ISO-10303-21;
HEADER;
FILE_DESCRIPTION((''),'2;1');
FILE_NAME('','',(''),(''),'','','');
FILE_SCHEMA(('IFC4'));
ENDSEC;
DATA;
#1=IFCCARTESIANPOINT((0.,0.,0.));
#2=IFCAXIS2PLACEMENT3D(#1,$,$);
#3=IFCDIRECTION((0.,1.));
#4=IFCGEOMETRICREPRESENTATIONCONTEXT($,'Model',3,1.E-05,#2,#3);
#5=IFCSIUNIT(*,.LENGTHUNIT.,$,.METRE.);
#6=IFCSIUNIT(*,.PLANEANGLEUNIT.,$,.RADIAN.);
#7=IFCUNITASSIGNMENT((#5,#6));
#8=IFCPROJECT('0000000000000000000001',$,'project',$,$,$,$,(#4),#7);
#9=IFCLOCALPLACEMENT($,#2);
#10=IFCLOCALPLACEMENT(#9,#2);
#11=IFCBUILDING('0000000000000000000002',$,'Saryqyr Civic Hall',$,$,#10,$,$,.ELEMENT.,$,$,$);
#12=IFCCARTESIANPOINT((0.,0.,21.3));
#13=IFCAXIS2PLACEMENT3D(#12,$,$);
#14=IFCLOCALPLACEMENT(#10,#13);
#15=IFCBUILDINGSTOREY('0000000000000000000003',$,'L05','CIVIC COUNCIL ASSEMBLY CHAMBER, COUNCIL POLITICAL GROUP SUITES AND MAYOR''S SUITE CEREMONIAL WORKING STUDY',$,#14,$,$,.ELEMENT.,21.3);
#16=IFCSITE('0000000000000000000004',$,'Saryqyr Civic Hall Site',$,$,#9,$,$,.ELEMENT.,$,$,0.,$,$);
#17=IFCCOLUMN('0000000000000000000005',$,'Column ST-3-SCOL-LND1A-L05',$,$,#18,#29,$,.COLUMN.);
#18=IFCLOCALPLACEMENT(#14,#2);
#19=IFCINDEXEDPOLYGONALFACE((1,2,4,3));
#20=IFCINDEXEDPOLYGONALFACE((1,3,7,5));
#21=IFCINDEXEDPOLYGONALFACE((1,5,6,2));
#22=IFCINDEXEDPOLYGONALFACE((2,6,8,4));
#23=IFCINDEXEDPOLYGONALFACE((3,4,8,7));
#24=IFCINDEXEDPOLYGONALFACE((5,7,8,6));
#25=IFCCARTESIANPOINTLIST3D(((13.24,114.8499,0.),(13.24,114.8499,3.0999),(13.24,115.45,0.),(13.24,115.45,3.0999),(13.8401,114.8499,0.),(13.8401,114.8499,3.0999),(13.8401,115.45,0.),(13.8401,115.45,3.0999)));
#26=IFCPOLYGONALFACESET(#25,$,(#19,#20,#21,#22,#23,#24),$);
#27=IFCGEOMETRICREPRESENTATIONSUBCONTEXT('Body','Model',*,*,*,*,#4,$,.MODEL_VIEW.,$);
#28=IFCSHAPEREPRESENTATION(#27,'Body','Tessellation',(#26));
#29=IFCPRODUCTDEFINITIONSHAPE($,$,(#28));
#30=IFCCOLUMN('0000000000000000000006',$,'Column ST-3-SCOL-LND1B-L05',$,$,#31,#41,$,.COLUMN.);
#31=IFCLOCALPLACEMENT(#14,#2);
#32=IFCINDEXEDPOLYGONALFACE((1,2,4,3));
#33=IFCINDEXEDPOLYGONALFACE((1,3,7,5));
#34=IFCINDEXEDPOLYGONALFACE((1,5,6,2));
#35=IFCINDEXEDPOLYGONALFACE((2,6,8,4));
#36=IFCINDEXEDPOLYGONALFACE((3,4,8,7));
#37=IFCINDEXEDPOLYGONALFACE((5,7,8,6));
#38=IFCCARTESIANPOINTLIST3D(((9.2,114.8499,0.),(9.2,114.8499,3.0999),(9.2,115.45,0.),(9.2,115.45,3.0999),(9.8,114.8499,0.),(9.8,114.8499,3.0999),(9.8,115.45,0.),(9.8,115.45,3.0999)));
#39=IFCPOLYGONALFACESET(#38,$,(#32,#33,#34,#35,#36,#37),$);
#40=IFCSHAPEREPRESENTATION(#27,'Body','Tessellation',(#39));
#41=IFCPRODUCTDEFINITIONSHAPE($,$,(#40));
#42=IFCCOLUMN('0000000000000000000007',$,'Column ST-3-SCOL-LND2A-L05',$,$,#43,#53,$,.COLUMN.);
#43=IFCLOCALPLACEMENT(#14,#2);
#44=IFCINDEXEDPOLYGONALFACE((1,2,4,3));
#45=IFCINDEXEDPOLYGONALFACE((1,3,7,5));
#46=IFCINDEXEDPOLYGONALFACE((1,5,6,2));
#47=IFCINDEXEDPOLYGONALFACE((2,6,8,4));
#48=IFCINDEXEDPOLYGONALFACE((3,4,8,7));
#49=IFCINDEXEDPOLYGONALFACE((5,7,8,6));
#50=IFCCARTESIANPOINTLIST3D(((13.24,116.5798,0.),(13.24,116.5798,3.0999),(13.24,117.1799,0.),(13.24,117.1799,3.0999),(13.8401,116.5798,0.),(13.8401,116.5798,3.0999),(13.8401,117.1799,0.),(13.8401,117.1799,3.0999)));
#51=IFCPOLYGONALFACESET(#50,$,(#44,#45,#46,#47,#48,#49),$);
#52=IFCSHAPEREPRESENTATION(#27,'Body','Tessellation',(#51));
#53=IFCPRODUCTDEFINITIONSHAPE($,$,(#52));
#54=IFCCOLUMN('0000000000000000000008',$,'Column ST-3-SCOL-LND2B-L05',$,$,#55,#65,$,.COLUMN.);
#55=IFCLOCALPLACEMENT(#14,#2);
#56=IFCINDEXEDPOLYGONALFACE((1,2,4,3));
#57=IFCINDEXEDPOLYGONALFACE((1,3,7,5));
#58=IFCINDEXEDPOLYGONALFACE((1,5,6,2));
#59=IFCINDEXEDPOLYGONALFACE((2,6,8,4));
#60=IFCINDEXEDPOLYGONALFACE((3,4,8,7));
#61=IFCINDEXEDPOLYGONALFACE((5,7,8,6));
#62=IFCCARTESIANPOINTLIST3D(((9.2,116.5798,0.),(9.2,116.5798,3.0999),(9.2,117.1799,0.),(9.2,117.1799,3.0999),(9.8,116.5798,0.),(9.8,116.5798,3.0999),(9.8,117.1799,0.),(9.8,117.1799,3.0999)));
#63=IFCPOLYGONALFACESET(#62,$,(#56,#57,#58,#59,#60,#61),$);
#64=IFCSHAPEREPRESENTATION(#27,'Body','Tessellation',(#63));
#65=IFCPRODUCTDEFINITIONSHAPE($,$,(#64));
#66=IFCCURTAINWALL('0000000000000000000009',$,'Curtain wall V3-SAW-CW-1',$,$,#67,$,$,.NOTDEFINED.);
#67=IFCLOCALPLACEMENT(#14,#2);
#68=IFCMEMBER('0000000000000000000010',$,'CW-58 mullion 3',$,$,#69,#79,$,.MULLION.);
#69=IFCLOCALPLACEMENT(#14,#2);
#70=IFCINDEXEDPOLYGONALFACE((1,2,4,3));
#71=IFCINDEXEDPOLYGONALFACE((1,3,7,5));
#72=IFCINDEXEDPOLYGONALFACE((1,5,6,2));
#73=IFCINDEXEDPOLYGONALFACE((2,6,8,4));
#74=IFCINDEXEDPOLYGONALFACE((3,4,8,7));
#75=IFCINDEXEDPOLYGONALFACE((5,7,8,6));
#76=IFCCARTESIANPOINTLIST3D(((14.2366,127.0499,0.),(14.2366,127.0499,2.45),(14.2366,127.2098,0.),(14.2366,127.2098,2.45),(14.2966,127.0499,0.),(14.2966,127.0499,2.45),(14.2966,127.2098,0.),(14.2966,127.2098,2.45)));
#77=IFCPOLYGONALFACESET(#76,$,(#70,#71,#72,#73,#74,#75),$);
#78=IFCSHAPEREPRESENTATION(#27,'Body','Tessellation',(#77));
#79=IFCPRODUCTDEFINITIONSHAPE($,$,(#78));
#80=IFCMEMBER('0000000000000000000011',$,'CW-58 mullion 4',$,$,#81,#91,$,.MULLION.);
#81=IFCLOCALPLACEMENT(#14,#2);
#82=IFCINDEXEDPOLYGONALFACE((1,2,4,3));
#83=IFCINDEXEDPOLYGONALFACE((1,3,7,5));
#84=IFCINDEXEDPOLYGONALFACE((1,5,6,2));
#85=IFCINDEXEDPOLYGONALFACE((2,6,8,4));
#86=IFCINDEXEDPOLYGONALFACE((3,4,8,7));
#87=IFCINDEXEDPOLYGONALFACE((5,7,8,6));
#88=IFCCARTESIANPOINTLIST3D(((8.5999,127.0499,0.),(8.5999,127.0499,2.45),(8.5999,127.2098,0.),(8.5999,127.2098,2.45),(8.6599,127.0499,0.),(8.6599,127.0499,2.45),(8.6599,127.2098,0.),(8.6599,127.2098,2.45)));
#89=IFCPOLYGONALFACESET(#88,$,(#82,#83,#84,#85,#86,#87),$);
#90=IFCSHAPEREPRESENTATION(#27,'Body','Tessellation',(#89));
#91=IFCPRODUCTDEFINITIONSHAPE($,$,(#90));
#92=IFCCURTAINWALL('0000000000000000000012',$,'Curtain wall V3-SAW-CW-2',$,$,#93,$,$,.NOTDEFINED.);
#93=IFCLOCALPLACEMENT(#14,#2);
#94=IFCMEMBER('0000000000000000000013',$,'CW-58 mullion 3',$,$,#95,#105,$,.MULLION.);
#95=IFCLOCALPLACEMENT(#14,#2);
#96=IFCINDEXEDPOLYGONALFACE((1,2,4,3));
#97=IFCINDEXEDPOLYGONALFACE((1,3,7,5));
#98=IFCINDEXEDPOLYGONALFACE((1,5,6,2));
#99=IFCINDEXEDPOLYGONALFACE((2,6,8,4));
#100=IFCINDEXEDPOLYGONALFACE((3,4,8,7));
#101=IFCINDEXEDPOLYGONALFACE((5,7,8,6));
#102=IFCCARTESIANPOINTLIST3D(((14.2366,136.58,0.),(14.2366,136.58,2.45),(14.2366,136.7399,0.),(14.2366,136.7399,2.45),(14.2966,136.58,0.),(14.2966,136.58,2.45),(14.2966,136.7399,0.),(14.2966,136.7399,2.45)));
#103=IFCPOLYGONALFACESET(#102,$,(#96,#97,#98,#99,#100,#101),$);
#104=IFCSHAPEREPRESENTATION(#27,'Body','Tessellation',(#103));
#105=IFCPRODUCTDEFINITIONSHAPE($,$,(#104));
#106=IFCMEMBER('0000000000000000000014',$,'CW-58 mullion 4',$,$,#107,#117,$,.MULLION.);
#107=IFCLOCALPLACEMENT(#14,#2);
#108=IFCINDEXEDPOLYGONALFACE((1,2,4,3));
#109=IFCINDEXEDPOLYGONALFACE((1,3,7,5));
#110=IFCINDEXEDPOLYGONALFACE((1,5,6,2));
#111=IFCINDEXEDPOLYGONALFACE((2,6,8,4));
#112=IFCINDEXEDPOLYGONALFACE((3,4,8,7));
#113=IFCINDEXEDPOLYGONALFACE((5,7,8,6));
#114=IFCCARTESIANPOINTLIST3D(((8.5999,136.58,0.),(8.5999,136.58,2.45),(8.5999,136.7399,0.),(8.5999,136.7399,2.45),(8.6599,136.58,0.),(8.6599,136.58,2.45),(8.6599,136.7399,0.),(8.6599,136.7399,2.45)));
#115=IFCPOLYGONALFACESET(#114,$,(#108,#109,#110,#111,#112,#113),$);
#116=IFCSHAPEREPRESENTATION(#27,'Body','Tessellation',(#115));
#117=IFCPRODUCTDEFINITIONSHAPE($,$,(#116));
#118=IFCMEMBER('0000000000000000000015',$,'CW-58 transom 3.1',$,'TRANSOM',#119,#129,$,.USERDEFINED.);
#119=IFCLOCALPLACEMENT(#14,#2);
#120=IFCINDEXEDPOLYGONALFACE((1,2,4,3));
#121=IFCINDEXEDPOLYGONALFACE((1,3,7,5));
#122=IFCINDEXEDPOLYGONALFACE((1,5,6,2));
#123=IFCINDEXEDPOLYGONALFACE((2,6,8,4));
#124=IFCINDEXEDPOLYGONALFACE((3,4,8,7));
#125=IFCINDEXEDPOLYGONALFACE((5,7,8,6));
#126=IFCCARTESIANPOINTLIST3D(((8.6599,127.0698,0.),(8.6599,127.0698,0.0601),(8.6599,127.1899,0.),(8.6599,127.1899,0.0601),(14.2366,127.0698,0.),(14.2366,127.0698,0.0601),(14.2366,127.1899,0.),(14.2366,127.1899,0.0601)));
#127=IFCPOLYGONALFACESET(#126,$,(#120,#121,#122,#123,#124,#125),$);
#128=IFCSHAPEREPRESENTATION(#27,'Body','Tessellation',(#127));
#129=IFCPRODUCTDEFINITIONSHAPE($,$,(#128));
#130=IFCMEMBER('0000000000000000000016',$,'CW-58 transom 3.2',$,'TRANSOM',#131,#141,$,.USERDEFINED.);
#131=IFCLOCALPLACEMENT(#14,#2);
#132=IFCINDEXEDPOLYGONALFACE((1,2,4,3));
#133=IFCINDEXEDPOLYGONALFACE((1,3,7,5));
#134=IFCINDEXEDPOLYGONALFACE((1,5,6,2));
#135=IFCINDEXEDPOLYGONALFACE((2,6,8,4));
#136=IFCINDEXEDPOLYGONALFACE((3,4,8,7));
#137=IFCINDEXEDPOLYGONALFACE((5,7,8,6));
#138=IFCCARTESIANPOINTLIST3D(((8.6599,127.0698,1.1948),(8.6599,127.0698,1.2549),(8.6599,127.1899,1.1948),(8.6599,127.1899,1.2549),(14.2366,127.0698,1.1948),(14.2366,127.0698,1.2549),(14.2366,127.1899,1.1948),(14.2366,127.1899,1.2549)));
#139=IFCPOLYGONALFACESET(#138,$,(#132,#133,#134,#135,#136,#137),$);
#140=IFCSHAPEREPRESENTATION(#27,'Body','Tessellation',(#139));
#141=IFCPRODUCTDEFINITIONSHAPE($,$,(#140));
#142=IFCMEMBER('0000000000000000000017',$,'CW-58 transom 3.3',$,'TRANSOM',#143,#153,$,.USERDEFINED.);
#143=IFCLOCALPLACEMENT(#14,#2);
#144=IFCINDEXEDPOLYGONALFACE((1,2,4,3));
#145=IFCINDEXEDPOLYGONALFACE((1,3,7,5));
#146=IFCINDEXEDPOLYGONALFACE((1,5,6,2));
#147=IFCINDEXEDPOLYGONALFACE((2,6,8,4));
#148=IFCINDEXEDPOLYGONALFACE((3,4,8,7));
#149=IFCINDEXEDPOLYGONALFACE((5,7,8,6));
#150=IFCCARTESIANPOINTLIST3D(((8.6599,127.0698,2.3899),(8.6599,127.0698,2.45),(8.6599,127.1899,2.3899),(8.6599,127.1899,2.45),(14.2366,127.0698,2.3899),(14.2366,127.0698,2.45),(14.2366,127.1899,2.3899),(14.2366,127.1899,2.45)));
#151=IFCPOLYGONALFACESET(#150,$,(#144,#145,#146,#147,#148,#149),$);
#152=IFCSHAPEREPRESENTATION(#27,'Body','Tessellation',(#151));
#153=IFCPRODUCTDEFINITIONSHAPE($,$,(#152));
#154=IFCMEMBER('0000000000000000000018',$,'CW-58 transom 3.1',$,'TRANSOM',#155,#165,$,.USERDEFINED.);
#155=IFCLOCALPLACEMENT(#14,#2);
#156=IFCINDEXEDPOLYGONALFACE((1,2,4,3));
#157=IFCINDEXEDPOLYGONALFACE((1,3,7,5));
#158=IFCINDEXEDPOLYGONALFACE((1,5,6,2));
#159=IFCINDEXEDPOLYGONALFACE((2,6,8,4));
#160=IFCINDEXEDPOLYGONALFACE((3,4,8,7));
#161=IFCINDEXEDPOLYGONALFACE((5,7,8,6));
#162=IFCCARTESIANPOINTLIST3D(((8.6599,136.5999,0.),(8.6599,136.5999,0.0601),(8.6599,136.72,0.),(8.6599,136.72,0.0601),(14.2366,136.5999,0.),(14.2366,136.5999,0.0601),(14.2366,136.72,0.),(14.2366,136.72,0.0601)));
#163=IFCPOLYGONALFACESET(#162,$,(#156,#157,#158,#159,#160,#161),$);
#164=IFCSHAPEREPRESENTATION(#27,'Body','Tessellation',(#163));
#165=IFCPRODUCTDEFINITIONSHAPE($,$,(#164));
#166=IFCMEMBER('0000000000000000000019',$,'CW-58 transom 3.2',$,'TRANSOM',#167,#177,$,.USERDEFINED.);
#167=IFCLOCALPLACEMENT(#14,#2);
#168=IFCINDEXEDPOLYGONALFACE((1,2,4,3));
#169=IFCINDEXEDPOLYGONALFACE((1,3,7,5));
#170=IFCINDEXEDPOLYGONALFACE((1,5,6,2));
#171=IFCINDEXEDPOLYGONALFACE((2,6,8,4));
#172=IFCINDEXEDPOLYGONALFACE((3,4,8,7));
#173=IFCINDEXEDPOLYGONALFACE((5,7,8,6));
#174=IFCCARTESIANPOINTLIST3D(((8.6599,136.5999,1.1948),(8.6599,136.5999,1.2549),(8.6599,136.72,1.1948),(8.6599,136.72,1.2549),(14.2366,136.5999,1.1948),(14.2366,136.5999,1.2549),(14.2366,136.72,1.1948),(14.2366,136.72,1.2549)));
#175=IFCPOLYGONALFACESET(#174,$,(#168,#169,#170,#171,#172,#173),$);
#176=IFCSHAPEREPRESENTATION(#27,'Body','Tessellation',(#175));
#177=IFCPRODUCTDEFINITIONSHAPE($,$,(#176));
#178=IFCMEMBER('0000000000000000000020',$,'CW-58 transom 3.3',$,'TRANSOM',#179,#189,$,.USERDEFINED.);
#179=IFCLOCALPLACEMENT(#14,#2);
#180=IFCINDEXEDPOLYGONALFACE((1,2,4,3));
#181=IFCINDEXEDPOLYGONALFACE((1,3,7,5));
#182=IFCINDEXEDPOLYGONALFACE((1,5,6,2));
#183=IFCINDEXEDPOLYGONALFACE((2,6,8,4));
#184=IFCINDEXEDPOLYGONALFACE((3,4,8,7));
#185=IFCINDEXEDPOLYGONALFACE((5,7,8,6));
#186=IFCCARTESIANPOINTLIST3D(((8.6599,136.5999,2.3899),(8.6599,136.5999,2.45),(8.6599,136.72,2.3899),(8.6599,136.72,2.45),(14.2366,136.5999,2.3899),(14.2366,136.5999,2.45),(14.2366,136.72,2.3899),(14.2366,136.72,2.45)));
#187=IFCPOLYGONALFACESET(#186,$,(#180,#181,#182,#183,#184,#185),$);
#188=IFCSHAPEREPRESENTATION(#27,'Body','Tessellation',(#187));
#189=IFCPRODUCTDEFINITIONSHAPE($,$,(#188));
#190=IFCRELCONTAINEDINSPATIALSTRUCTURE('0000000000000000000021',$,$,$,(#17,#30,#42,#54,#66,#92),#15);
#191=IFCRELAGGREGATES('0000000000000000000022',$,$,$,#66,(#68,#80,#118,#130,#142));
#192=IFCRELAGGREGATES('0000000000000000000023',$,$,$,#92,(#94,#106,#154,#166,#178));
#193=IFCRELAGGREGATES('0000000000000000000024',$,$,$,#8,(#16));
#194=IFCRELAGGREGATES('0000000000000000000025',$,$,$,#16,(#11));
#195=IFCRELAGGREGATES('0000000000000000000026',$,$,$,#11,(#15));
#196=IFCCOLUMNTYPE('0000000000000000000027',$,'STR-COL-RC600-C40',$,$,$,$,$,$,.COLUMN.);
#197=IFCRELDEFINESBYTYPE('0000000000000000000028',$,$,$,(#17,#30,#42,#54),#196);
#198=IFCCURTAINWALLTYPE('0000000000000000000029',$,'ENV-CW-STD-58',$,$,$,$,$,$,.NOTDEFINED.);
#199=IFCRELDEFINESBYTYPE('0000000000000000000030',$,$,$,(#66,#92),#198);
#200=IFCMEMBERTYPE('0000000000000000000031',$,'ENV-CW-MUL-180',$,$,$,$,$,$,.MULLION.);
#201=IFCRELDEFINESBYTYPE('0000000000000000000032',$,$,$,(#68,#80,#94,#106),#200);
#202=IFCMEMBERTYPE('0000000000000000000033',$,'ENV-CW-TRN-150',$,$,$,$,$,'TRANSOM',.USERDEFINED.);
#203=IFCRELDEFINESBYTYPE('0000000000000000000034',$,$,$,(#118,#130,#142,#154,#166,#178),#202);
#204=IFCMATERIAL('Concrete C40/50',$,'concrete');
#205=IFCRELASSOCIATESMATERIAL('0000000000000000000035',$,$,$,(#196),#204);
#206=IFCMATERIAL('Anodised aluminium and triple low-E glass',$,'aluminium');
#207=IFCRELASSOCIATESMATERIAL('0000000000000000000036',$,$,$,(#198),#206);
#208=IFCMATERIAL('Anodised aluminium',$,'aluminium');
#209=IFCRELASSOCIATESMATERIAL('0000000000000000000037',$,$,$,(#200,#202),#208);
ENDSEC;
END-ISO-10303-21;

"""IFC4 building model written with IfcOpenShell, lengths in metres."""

from ifc_helpers import new_model, si_unit, direction, frame, origin, origin_2d, place, context, subcontext, project, spatial, rectangle, extrude, material, material_profile, profile_set, type_object, element, aggregate, save


model = new_model("IFC4")

# Units and contexts
model_context = context("Model", 3, precision=1e-05, world=origin(), true_north=direction((0.0, 1.0)))
body_context = subcontext(model_context, "Body", "Model", "MODEL_VIEW")
ifc_project = project(units=[si_unit("LENGTHUNIT", "METRE"), si_unit("PLANEANGLEUNIT", "RADIAN")], contexts=[model_context])

# Site, building, storey
site_placement = place(None, origin())
site = spatial("IfcSite", under=ifc_project, at=site_placement, Name="Saryqyr Civic Hall Site", CompositionType="ELEMENT", RefElevation=0.0)
building_placement = place(site_placement, origin())
building = spatial("IfcBuilding", under=site, at=building_placement, Name="Saryqyr Civic Hall", CompositionType="ELEMENT")
storey_placement = place(building_placement, frame((0.0, 0.0, 21.3)))
storey = spatial("IfcBuildingStorey", under=building, at=storey_placement, Name="L05", Description="CIVIC COUNCIL ASSEMBLY CHAMBER, COUNCIL POLITICAL GROUP SUITES AND MAYOR'S SUITE CEREMONIAL WORKING STUDY", CompositionType="ELEMENT", Elevation=21.3)

# Columns
ifc_material_1 = material(Name="Concrete C40/50", Category="concrete")
ifc_material_profile_1 = material_profile(ifc_material_1, rectangle(XDim=0.6001, YDim=0.6001, at=origin_2d()), Name="RC 600x600")
ifc_profile_set_1 = profile_set([ifc_material_profile_1], Name="Concrete C40/50")
column_type = type_object("IfcColumnType", Name="STR-COL-RC600-C40", PredefinedType="COLUMN", material=ifc_profile_set_1)
for number, where, z_axis, x_axis, name in (
    (1, (13.54, 115.1499, 0.0), (0.0, 0.0, 1.0), (1.0, 0.0, 0.0), "Column ST-3-SCOL-LND1A-L05"),
    (2, (9.5, 115.1499, 0.0), (0.0, 0.0, 1.0), (1.0, 0.0, 0.0), "Column ST-3-SCOL-LND1B-L05"),
    (3, (13.54, 116.8799, 0.0), (0.0, 0.0, 1.0), (1.0, 0.0, 0.0), "Column ST-3-SCOL-LND2A-L05"),
    (4, (9.5, 116.8799, 0.0), (0.0, 0.0, 1.0), (1.0, 0.0, 0.0), "Column ST-3-SCOL-LND2B-L05"),
):
    element("IfcColumn", number, at=place(storey_placement, frame(where, z_axis=z_axis, x_axis=x_axis)), inside=storey, type_object=column_type, Name=name, PredefinedType="COLUMN", context=body_context, shape_type="SweptSolid", body=[
        extrude(rectangle(XDim=0.6001, YDim=0.6001, at=origin_2d()), origin(), (0.0, 0.0, 1.0), 3.0999),
    ])

# Curtain walls, members
ifc_material_2 = material(Name="Anodised aluminium and triple low-E glass", Category="aluminium")
curtain_wall_type = type_object("IfcCurtainWallType", Name="ENV-CW-STD-58", PredefinedType="NOTDEFINED", material=ifc_material_2)
curtain_wall_1_placement = place(storey_placement, origin())
curtain_wall_1 = element("IfcCurtainWall", 5, at=curtain_wall_1_placement, inside=storey, type_object=curtain_wall_type, Name="Curtain wall V3-SAW-CW-1", PredefinedType="NOTDEFINED")
ifc_material_3 = material(Name="Anodised aluminium", Category="aluminium")
ifc_material_profile_2 = material_profile(ifc_material_3, rectangle(XDim=0.0601, YDim=0.1599, at=origin_2d()), Name="ALU MULLION 60x160")
ifc_profile_set_2 = profile_set([ifc_material_profile_2], Name="Anodised aluminium")
member_type_1 = type_object("IfcMemberType", Name="ENV-CW-MUL-180", PredefinedType="MULLION", material=ifc_profile_set_2)
member_1_placement = place(storey_placement, frame((14.2666, 127.1299, 0.0), z_axis=(0.0, 0.0, 1.0), x_axis=(-1.0, 0.0, 0.0)))
member_1 = element("IfcMember", 6, at=member_1_placement, type_object=member_type_1, Name="CW-58 mullion 3", PredefinedType="MULLION", context=body_context, shape_type="SweptSolid", body=[
    extrude(rectangle(XDim=0.0601, YDim=0.1599, at=origin_2d()), origin(), (0.0, 0.0, 1.0), 2.45),
])
member_2_placement = place(storey_placement, frame((8.6299, 127.1299, 0.0), z_axis=(0.0, 0.0, 1.0), x_axis=(-1.0, 0.0, 0.0)))
member_2 = element("IfcMember", 7, at=member_2_placement, type_object=member_type_1, Name="CW-58 mullion 4", PredefinedType="MULLION", context=body_context, shape_type="SweptSolid", body=[
    extrude(rectangle(XDim=0.0601, YDim=0.1599, at=origin_2d()), origin(), (0.0, 0.0, 1.0), 2.45),
])
curtain_wall_2_placement = place(storey_placement, origin())
curtain_wall_2 = element("IfcCurtainWall", 8, at=curtain_wall_2_placement, inside=storey, type_object=curtain_wall_type, Name="Curtain wall V3-SAW-CW-2", PredefinedType="NOTDEFINED")
member_3_placement = place(storey_placement, frame((14.2666, 136.6599, 0.0), z_axis=(0.0, 0.0, 1.0), x_axis=(-1.0, 0.0, 0.0)))
member_3 = element("IfcMember", 9, at=member_3_placement, type_object=member_type_1, Name="CW-58 mullion 3", PredefinedType="MULLION", context=body_context, shape_type="SweptSolid", body=[
    extrude(rectangle(XDim=0.0601, YDim=0.1599, at=origin_2d()), origin(), (0.0, 0.0, 1.0), 2.45),
])
member_4_placement = place(storey_placement, frame((8.6299, 136.6599, 0.0), z_axis=(0.0, 0.0, 1.0), x_axis=(-1.0, 0.0, 0.0)))
member_4 = element("IfcMember", 10, at=member_4_placement, type_object=member_type_1, Name="CW-58 mullion 4", PredefinedType="MULLION", context=body_context, shape_type="SweptSolid", body=[
    extrude(rectangle(XDim=0.0601, YDim=0.1599, at=origin_2d()), origin(), (0.0, 0.0, 1.0), 2.45),
])

# Members
ifc_material_profile_3 = material_profile(ifc_material_3, rectangle(XDim=0.1201, YDim=0.0601, at=origin_2d()), Name="ALU TRANSOM 120x60")
ifc_profile_set_3 = profile_set([ifc_material_profile_3], Name="Anodised aluminium")
member_type_2 = type_object("IfcMemberType", Name="ENV-CW-TRN-150", ElementType="TRANSOM", PredefinedType="USERDEFINED", material=ifc_profile_set_3)
member_5_placement = place(storey_placement, frame((14.2366, 127.1299, 0.03), z_axis=(-1.0, 0.0, 0.0), x_axis=(0.0, -1.0, 0.0)))
member_5 = element("IfcMember", 11, at=member_5_placement, type_object=member_type_2, Name="CW-58 transom 3.1", ObjectType="TRANSOM", PredefinedType="USERDEFINED", context=body_context, shape_type="SweptSolid", body=[
    extrude(rectangle(XDim=0.1201, YDim=0.0601, at=origin_2d()), origin(), (0.0, 0.0, 1.0), 5.5767),
])
member_6_placement = place(storey_placement, frame((14.2366, 127.1299, 1.2249), z_axis=(-1.0, 0.0, 0.0), x_axis=(0.0, -1.0, 0.0)))
member_6 = element("IfcMember", 12, at=member_6_placement, type_object=member_type_2, Name="CW-58 transom 3.2", ObjectType="TRANSOM", PredefinedType="USERDEFINED", context=body_context, shape_type="SweptSolid", body=[
    extrude(rectangle(XDim=0.1201, YDim=0.0601, at=origin_2d()), origin(), (0.0, 0.0, 1.0), 5.5767),
])
member_7_placement = place(storey_placement, frame((14.2366, 127.1299, 2.4199), z_axis=(-1.0, 0.0, 0.0), x_axis=(0.0, -1.0, 0.0)))
member_7 = element("IfcMember", 13, at=member_7_placement, type_object=member_type_2, Name="CW-58 transom 3.3", ObjectType="TRANSOM", PredefinedType="USERDEFINED", context=body_context, shape_type="SweptSolid", body=[
    extrude(rectangle(XDim=0.1201, YDim=0.0601, at=origin_2d()), origin(), (0.0, 0.0, 1.0), 5.5767),
])
member_8_placement = place(storey_placement, frame((14.2366, 136.6599, 0.03), z_axis=(-1.0, 0.0, 0.0), x_axis=(0.0, -1.0, 0.0)))
member_8 = element("IfcMember", 14, at=member_8_placement, type_object=member_type_2, Name="CW-58 transom 3.1", ObjectType="TRANSOM", PredefinedType="USERDEFINED", context=body_context, shape_type="SweptSolid", body=[
    extrude(rectangle(XDim=0.1201, YDim=0.0601, at=origin_2d()), origin(), (0.0, 0.0, 1.0), 5.5767),
])
member_9_placement = place(storey_placement, frame((14.2366, 136.6599, 1.2249), z_axis=(-1.0, 0.0, 0.0), x_axis=(0.0, -1.0, 0.0)))
member_9 = element("IfcMember", 15, at=member_9_placement, type_object=member_type_2, Name="CW-58 transom 3.2", ObjectType="TRANSOM", PredefinedType="USERDEFINED", context=body_context, shape_type="SweptSolid", body=[
    extrude(rectangle(XDim=0.1201, YDim=0.0601, at=origin_2d()), origin(), (0.0, 0.0, 1.0), 5.5767),
])
member_10_placement = place(storey_placement, frame((14.2366, 136.6599, 2.4199), z_axis=(-1.0, 0.0, 0.0), x_axis=(0.0, -1.0, 0.0)))
member_10 = element("IfcMember", 16, at=member_10_placement, type_object=member_type_2, Name="CW-58 transom 3.3", ObjectType="TRANSOM", PredefinedType="USERDEFINED", context=body_context, shape_type="SweptSolid", body=[
    extrude(rectangle(XDim=0.1201, YDim=0.0601, at=origin_2d()), origin(), (0.0, 0.0, 1.0), 5.5767),
])

aggregate(curtain_wall_1, [member_1, member_2, member_5, member_6, member_7])
aggregate(curtain_wall_2, [member_3, member_4, member_8, member_9, member_10])

save(model, "model.ifc")
